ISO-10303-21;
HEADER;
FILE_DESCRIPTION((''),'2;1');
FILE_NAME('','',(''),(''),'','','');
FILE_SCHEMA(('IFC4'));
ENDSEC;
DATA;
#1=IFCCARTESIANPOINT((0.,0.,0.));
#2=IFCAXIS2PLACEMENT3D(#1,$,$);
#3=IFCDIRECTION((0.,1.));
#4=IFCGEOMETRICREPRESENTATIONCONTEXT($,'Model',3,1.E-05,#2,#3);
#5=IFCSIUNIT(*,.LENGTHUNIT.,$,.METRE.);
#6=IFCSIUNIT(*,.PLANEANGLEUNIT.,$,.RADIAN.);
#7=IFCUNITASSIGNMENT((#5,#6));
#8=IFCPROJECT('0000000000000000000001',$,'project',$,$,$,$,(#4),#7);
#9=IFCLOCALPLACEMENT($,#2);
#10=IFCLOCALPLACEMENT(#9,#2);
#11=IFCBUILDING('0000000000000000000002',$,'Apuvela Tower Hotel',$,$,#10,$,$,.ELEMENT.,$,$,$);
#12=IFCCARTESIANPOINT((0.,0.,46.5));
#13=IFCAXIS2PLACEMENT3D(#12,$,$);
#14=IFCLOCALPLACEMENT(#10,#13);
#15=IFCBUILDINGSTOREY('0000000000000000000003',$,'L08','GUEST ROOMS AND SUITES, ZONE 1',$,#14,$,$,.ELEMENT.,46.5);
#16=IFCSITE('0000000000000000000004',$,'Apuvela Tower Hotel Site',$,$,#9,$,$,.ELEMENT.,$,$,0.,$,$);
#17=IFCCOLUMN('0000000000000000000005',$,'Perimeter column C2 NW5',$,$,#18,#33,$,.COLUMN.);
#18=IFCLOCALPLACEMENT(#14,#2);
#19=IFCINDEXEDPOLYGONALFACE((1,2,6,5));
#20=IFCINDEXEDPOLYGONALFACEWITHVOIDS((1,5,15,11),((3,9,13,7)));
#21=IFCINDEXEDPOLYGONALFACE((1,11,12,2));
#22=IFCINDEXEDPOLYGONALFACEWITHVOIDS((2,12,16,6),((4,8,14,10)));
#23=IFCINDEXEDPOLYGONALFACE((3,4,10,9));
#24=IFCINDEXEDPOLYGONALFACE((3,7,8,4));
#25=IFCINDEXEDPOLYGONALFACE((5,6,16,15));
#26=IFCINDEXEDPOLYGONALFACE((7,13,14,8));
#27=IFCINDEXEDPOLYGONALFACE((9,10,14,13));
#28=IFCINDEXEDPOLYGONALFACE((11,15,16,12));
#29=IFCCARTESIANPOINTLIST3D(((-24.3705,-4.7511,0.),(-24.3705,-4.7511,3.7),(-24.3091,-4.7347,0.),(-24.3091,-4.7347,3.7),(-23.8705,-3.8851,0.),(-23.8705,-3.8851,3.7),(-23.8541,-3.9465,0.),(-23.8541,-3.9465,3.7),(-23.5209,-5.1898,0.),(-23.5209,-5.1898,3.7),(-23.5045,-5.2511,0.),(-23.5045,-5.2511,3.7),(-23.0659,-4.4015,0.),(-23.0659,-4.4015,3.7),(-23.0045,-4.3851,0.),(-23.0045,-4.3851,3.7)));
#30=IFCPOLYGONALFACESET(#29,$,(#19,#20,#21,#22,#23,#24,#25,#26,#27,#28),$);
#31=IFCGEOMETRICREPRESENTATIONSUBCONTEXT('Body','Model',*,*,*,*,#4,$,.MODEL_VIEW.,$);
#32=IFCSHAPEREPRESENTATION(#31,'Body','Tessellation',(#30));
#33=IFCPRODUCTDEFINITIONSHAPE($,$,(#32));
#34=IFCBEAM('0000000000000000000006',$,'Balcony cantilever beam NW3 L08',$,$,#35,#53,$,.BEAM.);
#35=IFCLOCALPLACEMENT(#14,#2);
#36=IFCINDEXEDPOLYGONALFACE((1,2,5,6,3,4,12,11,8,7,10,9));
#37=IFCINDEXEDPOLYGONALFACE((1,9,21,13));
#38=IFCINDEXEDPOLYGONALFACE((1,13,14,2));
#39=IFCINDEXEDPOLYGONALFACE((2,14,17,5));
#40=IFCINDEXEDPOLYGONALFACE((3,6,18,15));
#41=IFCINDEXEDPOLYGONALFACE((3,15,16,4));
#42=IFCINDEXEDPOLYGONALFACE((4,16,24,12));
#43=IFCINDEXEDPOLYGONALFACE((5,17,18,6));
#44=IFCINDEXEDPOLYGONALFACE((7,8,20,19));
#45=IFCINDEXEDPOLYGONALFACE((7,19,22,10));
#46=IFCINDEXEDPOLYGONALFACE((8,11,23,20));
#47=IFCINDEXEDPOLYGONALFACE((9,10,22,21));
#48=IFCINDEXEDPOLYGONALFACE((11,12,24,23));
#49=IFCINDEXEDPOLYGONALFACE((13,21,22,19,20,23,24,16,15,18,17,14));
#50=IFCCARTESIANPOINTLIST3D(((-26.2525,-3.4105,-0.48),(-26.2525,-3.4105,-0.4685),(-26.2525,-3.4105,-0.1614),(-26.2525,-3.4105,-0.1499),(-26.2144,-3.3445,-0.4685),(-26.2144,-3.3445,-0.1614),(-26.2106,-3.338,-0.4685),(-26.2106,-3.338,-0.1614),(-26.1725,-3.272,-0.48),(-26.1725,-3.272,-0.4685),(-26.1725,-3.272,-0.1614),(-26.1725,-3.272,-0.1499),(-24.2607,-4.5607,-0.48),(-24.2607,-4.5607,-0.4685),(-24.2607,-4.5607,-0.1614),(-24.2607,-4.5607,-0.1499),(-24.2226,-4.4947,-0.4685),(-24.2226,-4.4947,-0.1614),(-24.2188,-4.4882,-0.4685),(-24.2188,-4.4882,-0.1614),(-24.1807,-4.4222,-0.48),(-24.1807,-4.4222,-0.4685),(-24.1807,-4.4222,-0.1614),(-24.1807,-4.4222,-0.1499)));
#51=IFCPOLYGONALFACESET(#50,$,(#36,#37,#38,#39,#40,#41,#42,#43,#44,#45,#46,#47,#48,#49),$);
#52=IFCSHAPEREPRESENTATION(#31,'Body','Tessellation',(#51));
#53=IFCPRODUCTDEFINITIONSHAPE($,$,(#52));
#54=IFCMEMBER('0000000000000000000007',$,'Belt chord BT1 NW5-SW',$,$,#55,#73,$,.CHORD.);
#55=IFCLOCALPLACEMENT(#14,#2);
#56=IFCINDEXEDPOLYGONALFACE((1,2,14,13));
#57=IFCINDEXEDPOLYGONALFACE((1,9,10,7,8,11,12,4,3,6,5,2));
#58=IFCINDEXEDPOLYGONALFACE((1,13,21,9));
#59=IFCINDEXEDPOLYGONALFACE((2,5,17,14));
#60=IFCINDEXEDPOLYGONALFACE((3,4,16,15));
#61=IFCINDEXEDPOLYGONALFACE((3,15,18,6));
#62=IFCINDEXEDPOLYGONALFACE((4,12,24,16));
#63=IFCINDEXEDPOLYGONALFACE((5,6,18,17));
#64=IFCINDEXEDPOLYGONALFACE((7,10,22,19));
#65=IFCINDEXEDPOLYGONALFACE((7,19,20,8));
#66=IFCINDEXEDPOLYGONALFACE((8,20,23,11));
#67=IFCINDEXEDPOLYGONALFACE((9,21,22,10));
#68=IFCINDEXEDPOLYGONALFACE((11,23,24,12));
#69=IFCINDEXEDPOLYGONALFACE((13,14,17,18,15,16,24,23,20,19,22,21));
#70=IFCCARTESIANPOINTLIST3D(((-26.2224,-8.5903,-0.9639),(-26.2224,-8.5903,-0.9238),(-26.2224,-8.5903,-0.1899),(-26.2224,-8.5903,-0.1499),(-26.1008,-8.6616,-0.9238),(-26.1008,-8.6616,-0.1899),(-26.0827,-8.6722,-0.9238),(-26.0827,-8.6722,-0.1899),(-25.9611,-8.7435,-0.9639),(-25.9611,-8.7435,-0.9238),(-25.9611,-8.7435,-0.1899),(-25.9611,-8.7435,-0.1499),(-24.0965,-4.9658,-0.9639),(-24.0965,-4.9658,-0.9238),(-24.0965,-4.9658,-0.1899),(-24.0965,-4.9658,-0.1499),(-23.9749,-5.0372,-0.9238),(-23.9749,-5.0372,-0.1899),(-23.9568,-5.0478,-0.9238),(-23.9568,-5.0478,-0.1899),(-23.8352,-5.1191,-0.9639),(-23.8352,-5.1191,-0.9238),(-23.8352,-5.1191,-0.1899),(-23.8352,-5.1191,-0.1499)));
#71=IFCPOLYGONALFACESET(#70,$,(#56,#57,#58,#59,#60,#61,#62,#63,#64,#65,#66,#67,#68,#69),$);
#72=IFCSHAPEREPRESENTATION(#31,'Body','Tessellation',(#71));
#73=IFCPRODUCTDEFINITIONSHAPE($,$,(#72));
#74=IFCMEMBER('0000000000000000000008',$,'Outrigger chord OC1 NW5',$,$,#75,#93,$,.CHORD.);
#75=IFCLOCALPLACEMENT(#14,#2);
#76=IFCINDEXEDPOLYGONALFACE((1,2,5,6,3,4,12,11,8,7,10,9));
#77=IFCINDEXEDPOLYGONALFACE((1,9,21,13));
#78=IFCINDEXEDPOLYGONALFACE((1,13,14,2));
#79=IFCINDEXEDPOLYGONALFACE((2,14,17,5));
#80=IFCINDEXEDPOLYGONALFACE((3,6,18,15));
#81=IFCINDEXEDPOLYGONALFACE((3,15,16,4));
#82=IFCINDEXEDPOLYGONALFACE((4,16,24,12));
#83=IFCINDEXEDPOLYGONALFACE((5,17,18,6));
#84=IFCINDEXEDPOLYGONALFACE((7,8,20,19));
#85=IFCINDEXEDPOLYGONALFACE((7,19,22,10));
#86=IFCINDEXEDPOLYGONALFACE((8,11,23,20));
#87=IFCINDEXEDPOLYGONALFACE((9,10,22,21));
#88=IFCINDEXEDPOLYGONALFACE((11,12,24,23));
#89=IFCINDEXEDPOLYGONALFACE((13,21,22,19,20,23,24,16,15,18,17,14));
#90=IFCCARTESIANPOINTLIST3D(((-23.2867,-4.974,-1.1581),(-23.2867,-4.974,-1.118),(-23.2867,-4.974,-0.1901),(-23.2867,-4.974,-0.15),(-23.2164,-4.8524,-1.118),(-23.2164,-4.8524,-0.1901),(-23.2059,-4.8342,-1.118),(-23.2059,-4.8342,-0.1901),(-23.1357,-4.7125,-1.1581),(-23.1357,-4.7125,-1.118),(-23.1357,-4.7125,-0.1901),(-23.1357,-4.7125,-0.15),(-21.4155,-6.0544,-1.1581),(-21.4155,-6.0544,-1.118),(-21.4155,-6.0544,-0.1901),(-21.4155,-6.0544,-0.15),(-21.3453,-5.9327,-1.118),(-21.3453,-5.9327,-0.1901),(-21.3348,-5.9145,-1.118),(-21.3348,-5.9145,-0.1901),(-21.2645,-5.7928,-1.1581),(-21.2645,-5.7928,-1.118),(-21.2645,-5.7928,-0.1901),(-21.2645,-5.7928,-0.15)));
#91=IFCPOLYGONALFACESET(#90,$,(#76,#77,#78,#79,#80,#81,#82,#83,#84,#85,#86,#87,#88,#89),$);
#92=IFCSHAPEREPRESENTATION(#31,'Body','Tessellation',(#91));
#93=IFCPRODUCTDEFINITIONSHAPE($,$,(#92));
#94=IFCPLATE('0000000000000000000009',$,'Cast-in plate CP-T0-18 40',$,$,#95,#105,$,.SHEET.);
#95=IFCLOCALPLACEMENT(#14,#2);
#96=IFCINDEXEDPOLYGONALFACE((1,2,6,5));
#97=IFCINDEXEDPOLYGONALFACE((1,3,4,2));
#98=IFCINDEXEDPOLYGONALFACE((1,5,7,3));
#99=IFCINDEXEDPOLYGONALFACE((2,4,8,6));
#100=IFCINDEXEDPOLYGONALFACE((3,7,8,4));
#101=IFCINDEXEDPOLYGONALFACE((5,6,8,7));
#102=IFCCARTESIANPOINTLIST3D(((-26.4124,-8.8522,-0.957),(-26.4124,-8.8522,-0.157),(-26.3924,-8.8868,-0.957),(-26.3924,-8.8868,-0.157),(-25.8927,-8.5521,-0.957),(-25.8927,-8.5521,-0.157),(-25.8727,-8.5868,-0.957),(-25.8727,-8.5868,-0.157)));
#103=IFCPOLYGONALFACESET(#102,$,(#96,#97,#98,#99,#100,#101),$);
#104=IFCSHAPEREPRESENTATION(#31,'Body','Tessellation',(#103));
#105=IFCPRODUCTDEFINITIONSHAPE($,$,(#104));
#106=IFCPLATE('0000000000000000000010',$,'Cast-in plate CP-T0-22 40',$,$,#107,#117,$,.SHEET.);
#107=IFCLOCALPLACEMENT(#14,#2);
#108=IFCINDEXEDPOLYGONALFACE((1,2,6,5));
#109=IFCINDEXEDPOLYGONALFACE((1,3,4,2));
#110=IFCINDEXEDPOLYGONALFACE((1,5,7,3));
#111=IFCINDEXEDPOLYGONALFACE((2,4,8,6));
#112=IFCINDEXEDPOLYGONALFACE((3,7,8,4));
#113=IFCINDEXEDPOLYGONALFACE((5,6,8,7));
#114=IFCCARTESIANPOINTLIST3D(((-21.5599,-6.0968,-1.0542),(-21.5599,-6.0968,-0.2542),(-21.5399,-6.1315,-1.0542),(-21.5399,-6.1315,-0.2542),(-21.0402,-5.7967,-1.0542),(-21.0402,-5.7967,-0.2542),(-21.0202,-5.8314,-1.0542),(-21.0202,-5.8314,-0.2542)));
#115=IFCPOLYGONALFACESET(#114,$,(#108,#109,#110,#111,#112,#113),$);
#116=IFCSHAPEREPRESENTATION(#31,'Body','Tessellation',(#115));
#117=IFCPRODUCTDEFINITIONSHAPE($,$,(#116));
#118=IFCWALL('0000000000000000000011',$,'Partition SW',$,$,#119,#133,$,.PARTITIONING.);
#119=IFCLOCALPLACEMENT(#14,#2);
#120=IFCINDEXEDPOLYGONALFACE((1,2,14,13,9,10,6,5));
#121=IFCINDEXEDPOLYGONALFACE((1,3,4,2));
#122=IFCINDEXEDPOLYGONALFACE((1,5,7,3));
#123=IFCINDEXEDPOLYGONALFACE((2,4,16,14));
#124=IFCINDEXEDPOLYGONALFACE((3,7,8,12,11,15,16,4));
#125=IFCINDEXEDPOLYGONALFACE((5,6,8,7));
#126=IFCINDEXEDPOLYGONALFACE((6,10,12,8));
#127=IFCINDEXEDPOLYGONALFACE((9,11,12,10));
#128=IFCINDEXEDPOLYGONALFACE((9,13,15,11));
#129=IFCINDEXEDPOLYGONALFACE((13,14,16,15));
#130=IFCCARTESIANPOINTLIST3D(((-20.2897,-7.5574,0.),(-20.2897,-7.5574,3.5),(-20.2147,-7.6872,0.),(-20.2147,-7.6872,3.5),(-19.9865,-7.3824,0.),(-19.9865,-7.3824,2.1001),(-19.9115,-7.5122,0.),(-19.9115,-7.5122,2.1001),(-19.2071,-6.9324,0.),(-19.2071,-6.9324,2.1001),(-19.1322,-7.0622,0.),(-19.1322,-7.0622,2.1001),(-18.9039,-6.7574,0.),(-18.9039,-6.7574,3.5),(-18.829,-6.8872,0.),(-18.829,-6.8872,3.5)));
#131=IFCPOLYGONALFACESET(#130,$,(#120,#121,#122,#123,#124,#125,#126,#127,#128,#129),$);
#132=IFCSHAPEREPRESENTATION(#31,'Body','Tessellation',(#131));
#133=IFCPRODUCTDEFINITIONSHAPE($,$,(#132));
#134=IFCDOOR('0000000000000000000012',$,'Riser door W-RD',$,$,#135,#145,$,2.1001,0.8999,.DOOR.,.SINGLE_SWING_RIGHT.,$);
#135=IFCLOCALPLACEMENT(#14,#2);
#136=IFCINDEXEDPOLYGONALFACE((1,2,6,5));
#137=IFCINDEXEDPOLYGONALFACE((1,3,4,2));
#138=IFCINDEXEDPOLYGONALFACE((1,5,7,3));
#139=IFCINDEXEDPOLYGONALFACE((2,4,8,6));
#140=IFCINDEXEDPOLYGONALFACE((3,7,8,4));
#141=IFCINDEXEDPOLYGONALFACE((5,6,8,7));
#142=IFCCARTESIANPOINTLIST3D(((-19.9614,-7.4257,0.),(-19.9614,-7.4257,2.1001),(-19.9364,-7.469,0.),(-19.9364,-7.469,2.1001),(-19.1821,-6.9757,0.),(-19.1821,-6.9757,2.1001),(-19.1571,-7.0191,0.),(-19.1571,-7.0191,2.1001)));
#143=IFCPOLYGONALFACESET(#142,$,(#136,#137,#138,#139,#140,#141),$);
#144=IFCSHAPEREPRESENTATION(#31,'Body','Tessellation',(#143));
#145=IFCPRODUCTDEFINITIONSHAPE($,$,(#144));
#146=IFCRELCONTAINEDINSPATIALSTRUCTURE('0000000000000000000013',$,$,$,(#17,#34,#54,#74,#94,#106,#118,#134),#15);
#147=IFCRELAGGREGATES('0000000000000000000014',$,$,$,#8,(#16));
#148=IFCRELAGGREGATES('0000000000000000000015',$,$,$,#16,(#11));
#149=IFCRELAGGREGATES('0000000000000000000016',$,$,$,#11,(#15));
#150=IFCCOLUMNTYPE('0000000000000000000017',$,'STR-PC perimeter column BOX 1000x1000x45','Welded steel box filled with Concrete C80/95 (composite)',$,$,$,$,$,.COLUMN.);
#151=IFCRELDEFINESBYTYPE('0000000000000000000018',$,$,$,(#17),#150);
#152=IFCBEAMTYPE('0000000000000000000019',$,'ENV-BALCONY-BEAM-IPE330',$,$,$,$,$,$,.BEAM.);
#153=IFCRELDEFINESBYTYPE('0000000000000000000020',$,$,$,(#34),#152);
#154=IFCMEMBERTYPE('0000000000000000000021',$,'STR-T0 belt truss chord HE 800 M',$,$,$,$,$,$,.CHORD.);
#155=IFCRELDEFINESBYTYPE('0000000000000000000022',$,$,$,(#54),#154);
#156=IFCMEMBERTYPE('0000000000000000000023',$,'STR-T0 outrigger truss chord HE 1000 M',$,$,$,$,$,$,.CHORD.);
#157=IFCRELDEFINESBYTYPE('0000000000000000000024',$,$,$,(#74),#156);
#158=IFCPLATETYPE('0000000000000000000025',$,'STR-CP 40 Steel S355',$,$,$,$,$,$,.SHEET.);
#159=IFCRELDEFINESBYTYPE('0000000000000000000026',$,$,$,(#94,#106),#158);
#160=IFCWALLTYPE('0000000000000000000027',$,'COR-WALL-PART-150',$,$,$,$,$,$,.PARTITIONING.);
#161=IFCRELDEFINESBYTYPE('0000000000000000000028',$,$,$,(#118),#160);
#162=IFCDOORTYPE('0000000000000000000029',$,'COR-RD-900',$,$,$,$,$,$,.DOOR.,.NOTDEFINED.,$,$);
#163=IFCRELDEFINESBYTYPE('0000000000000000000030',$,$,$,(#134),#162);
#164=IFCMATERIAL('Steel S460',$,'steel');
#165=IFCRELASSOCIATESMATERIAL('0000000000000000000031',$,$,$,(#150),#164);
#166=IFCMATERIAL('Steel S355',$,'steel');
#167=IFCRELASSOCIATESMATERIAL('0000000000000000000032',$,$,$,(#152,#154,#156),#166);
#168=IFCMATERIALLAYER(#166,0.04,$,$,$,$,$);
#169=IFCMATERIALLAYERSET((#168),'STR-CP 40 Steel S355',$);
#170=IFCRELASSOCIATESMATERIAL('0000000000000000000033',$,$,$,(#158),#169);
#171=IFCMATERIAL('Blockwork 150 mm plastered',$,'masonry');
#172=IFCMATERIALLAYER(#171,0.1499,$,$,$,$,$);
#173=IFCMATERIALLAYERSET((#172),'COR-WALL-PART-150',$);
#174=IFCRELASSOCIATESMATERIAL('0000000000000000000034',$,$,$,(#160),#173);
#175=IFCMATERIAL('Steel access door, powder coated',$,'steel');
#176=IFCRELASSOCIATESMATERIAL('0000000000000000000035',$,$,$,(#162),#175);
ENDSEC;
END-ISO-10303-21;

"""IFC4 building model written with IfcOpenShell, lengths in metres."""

from ifc_helpers import new_model, si_unit, direction, frame, frame_2d, origin, origin_2d, place, context, subcontext, project, spatial, rectangle, hollow_rectangle, i_section, extrude, material, layer, layer_set, material_profile, profile_set, type_object, element, fill, save


model = new_model("IFC4")

# Units and contexts
model_context = context("Model", 3, precision=1e-05, world=origin(), true_north=direction((0.0, 1.0)))
body_context = subcontext(model_context, "Body", "Model", "MODEL_VIEW")
ifc_project = project(units=[si_unit("LENGTHUNIT", "METRE"), si_unit("PLANEANGLEUNIT", "RADIAN")], contexts=[model_context])

# Site, building, storey
site_placement = place(None, origin())
site = spatial("IfcSite", under=ifc_project, at=site_placement, Name="Apuvela Tower Hotel Site", CompositionType="ELEMENT", RefElevation=0.0)
building_placement = place(site_placement, origin())
building = spatial("IfcBuilding", under=site, at=building_placement, Name="Apuvela Tower Hotel", CompositionType="ELEMENT")
storey_placement = place(building_placement, frame((0.0, 0.0, 46.5)))
storey = spatial("IfcBuildingStorey", under=building, at=storey_placement, Name="L08", Description="GUEST ROOMS AND SUITES, ZONE 1", CompositionType="ELEMENT", Elevation=46.5)

# Column
ifc_material_1 = material(Name="Steel S460", Category="steel")
ifc_material_profile_1 = material_profile(ifc_material_1, hollow_rectangle(XDim=1.0, YDim=1.0, WallThickness=0.0449, at=origin_2d()), Name="BOX 1000x1000x45")
ifc_material_2 = material(Name="Concrete C80/95", Category="concrete")
ifc_material_profile_2 = material_profile(ifc_material_2, rectangle(XDim=0.9099, YDim=0.9099, at=origin_2d()), Name="Concrete C80/95 infill")
ifc_profile_set_1 = profile_set([ifc_material_profile_1, ifc_material_profile_2], Name="Steel S460")
column_type = type_object("IfcColumnType", Name="STR-PC perimeter column BOX 1000x1000x45", Description="Welded steel box filled with Concrete C80/95 (composite)", PredefinedType="COLUMN", material=ifc_profile_set_1)
column_placement = place(storey_placement, frame((-23.6875, -4.5681, 0.0), z_axis=(0.0, 0.0, 1.0), x_axis=(0.5, 0.866025, 0.0)))
element("IfcColumn", 1, at=column_placement, inside=storey, type_object=column_type, Name="Perimeter column C2 NW5", PredefinedType="COLUMN", context=body_context, shape_type="SweptSolid", body=[
    extrude(hollow_rectangle(XDim=1.0, YDim=1.0, WallThickness=0.0449, at=origin_2d()), origin(), (0.0, 0.0, 1.0), 3.7),
])

# Beam
ifc_material_3 = material(Name="Steel S355", Category="steel")
ifc_material_profile_3 = material_profile(ifc_material_3, i_section(OverallWidth=0.1599, OverallDepth=0.3301, WebThickness=0.0076, FlangeThickness=0.0115, at=origin_2d()), Name="IPE 330")
ifc_profile_set_2 = profile_set([ifc_material_profile_3], Name="Steel S355")
beam_type = type_object("IfcBeamType", Name="ENV-BALCONY-BEAM-IPE330", PredefinedType="BEAM", material=ifc_profile_set_2)
beam_placement = place(storey_placement, frame((-24.2207, -4.4915, -0.3149), z_axis=(-0.865981, 0.500078, 0.0), x_axis=(-0.500078, -0.865981, 0.0)))
element("IfcBeam", 2, at=beam_placement, inside=storey, type_object=beam_type, Name="Balcony cantilever beam NW3 L08", PredefinedType="BEAM", context=body_context, shape_type="SweptSolid", body=[
    extrude(i_section(OverallWidth=0.1599, OverallDepth=0.3301, WebThickness=0.0076, FlangeThickness=0.0115, at=origin_2d()), origin(), (0.0, 0.0, 1.0), 2.3),
])

# Members
ifc_material_profile_4 = material_profile(ifc_material_3, i_section(OverallWidth=0.303, OverallDepth=0.814, WebThickness=0.021, FlangeThickness=0.04, at=origin_2d()), Name="HE 800 M")
ifc_profile_set_3 = profile_set([ifc_material_profile_4], Name="Steel S355")
member_type_1 = type_object("IfcMemberType", Name="STR-T0 belt truss chord HE 800 M", PredefinedType="CHORD", material=ifc_profile_set_3)
member_1_placement = place(storey_placement, frame((-23.9658, -5.0425, -0.5569), z_axis=(-0.505943, -0.862567, 0.0), x_axis=(0.862567, -0.505943, 0.0)))
element("IfcMember", 3, at=member_1_placement, inside=storey, type_object=member_type_1, Name="Belt chord BT1 NW5-SW", PredefinedType="CHORD", context=body_context, shape_type="SweptSolid", body=[
    extrude(i_section(OverallWidth=0.303, OverallDepth=0.814, WebThickness=0.021, FlangeThickness=0.04, at=origin_2d()), origin(), (0.0, 0.0, 1.0), 4.2019),
])
ifc_material_profile_5 = material_profile(ifc_material_3, i_section(OverallWidth=0.302, OverallDepth=1.0081, WebThickness=0.021, FlangeThickness=0.04, at=origin_2d()), Name="HE 1000 M")
ifc_profile_set_4 = profile_set([ifc_material_profile_5], Name="Steel S355")
member_type_2 = type_object("IfcMemberType", Name="STR-T0 outrigger truss chord HE 1000 M", PredefinedType="CHORD", material=ifc_profile_set_4)
member_2_placement = place(storey_placement, frame((-23.2112, -4.8433, -0.6541), z_axis=(0.866016, -0.500016, 0.0), x_axis=(0.500016, 0.866016, 0.0)))
element("IfcMember", 4, at=member_2_placement, inside=storey, type_object=member_type_2, Name="Outrigger chord OC1 NW5", PredefinedType="CHORD", context=body_context, shape_type="SweptSolid", body=[
    extrude(i_section(OverallWidth=0.302, OverallDepth=1.0081, WebThickness=0.021, FlangeThickness=0.04, at=origin_2d()), origin(), (0.0, 0.0, 1.0), 2.1606),
])

# Plates
ifc_layer_1 = layer(ifc_material_3, 0.04)
ifc_layer_set_1 = layer_set([ifc_layer_1], Name="STR-CP 40 Steel S355")
plate_type = type_object("IfcPlateType", Name="STR-CP 40 Steel S355", PredefinedType="SHEET", material=ifc_layer_set_1)
for number, where, z_axis, x_axis, name in (
    (5, (-26.1426, -8.7195, -0.957), (0.0, 0.0, 1.0), (-0.5, 0.866025, 0.0), "Cast-in plate CP-T0-18 40"),
    (6, (-21.29, -5.9641, -1.0542), (0.0, 0.0, 1.0), (0.5, -0.866025, 0.0), "Cast-in plate CP-T0-22 40"),
):
    element("IfcPlate", number, at=place(storey_placement, frame(where, z_axis=z_axis, x_axis=x_axis)), inside=storey, type_object=plate_type, Name=name, PredefinedType="SHEET", context=body_context, shape_type="SweptSolid", body=[
        extrude(rectangle(XDim=0.04, YDim=0.6001, at=origin_2d()), origin(), (0.0, 0.0, 1.0), 0.8),
    ])

# Wall, opening, door
ifc_material_4 = material(Name="Blockwork 150 mm plastered", Category="masonry")
ifc_layer_2 = layer(ifc_material_4, 0.1499)
ifc_layer_set_2 = layer_set([ifc_layer_2], Name="COR-WALL-PART-150")
wall_type_1 = type_object("IfcWallType", Name="COR-WALL-PART-150", PredefinedType="PARTITIONING", material=ifc_layer_set_2)
wall_1_placement = place(storey_placement, frame((-18.8665, -6.8223, 0.0), z_axis=(0.0, 0.0, 1.0), x_axis=(-0.866028, -0.499995, 0.0)))
wall_1 = element("IfcWall", 7, at=wall_1_placement, inside=storey, type_object=wall_type_1, Name="Partition SW", PredefinedType="PARTITIONING", context=body_context, shape_type="SweptSolid", body=[
    extrude(rectangle(XDim=1.6001, YDim=0.1499, at=frame_2d((0.8, 0.0))), origin(), (0.0, 0.0, 1.0), 3.5),
])
opening_1_placement = place(wall_1_placement, frame((0.3501, 0.0, 0.0)))
opening_1 = element("IfcOpeningElement", 8, at=opening_1_placement, cuts=wall_1, PredefinedType="OPENING", context=body_context, shape_type="SweptSolid", body=[
    extrude(rectangle(XDim=0.8999, YDim=2.1001, at=frame_2d((0.45, 1.05))), frame((0.0, 0.085, 0.0), z_axis=(0.0, -1.0, 0.0), x_axis=(1.0, 0.0, 0.0)), (0.0, 0.0, 1.0), 0.1699),
])
ifc_material_5 = material(Name="Steel access door, powder coated", Category="steel")
door_type_1 = type_object("IfcDoorType", Name="COR-RD-900", OperationType="NOTDEFINED", PredefinedType="DOOR", material=ifc_material_5)
door_1_placement = place(opening_1_placement, frame((0.8999, 0.0, 0.0), z_axis=(0.0, 0.0, 1.0), x_axis=(-1.0, 0.0, 0.0)))
door_1 = element("IfcDoor", 9, at=door_1_placement, inside=storey, type_object=door_type_1, Name="Riser door W-RD", OperationType="SINGLE_SWING_RIGHT", OverallHeight=2.1001, OverallWidth=0.8999, PredefinedType="DOOR", context=body_context, shape_type="SweptSolid", body=[
    extrude(rectangle(XDim=0.8999, YDim=2.1001, at=frame_2d((0.45, 1.05))), frame((0.0, 0.0249, 0.0), z_axis=(0.0, -1.0, 0.0), x_axis=(1.0, 0.0, 0.0)), (0.0, 0.0, 1.0), 0.05),
])
fill(opening_1, door_1)

save(model, "model.ifc")
